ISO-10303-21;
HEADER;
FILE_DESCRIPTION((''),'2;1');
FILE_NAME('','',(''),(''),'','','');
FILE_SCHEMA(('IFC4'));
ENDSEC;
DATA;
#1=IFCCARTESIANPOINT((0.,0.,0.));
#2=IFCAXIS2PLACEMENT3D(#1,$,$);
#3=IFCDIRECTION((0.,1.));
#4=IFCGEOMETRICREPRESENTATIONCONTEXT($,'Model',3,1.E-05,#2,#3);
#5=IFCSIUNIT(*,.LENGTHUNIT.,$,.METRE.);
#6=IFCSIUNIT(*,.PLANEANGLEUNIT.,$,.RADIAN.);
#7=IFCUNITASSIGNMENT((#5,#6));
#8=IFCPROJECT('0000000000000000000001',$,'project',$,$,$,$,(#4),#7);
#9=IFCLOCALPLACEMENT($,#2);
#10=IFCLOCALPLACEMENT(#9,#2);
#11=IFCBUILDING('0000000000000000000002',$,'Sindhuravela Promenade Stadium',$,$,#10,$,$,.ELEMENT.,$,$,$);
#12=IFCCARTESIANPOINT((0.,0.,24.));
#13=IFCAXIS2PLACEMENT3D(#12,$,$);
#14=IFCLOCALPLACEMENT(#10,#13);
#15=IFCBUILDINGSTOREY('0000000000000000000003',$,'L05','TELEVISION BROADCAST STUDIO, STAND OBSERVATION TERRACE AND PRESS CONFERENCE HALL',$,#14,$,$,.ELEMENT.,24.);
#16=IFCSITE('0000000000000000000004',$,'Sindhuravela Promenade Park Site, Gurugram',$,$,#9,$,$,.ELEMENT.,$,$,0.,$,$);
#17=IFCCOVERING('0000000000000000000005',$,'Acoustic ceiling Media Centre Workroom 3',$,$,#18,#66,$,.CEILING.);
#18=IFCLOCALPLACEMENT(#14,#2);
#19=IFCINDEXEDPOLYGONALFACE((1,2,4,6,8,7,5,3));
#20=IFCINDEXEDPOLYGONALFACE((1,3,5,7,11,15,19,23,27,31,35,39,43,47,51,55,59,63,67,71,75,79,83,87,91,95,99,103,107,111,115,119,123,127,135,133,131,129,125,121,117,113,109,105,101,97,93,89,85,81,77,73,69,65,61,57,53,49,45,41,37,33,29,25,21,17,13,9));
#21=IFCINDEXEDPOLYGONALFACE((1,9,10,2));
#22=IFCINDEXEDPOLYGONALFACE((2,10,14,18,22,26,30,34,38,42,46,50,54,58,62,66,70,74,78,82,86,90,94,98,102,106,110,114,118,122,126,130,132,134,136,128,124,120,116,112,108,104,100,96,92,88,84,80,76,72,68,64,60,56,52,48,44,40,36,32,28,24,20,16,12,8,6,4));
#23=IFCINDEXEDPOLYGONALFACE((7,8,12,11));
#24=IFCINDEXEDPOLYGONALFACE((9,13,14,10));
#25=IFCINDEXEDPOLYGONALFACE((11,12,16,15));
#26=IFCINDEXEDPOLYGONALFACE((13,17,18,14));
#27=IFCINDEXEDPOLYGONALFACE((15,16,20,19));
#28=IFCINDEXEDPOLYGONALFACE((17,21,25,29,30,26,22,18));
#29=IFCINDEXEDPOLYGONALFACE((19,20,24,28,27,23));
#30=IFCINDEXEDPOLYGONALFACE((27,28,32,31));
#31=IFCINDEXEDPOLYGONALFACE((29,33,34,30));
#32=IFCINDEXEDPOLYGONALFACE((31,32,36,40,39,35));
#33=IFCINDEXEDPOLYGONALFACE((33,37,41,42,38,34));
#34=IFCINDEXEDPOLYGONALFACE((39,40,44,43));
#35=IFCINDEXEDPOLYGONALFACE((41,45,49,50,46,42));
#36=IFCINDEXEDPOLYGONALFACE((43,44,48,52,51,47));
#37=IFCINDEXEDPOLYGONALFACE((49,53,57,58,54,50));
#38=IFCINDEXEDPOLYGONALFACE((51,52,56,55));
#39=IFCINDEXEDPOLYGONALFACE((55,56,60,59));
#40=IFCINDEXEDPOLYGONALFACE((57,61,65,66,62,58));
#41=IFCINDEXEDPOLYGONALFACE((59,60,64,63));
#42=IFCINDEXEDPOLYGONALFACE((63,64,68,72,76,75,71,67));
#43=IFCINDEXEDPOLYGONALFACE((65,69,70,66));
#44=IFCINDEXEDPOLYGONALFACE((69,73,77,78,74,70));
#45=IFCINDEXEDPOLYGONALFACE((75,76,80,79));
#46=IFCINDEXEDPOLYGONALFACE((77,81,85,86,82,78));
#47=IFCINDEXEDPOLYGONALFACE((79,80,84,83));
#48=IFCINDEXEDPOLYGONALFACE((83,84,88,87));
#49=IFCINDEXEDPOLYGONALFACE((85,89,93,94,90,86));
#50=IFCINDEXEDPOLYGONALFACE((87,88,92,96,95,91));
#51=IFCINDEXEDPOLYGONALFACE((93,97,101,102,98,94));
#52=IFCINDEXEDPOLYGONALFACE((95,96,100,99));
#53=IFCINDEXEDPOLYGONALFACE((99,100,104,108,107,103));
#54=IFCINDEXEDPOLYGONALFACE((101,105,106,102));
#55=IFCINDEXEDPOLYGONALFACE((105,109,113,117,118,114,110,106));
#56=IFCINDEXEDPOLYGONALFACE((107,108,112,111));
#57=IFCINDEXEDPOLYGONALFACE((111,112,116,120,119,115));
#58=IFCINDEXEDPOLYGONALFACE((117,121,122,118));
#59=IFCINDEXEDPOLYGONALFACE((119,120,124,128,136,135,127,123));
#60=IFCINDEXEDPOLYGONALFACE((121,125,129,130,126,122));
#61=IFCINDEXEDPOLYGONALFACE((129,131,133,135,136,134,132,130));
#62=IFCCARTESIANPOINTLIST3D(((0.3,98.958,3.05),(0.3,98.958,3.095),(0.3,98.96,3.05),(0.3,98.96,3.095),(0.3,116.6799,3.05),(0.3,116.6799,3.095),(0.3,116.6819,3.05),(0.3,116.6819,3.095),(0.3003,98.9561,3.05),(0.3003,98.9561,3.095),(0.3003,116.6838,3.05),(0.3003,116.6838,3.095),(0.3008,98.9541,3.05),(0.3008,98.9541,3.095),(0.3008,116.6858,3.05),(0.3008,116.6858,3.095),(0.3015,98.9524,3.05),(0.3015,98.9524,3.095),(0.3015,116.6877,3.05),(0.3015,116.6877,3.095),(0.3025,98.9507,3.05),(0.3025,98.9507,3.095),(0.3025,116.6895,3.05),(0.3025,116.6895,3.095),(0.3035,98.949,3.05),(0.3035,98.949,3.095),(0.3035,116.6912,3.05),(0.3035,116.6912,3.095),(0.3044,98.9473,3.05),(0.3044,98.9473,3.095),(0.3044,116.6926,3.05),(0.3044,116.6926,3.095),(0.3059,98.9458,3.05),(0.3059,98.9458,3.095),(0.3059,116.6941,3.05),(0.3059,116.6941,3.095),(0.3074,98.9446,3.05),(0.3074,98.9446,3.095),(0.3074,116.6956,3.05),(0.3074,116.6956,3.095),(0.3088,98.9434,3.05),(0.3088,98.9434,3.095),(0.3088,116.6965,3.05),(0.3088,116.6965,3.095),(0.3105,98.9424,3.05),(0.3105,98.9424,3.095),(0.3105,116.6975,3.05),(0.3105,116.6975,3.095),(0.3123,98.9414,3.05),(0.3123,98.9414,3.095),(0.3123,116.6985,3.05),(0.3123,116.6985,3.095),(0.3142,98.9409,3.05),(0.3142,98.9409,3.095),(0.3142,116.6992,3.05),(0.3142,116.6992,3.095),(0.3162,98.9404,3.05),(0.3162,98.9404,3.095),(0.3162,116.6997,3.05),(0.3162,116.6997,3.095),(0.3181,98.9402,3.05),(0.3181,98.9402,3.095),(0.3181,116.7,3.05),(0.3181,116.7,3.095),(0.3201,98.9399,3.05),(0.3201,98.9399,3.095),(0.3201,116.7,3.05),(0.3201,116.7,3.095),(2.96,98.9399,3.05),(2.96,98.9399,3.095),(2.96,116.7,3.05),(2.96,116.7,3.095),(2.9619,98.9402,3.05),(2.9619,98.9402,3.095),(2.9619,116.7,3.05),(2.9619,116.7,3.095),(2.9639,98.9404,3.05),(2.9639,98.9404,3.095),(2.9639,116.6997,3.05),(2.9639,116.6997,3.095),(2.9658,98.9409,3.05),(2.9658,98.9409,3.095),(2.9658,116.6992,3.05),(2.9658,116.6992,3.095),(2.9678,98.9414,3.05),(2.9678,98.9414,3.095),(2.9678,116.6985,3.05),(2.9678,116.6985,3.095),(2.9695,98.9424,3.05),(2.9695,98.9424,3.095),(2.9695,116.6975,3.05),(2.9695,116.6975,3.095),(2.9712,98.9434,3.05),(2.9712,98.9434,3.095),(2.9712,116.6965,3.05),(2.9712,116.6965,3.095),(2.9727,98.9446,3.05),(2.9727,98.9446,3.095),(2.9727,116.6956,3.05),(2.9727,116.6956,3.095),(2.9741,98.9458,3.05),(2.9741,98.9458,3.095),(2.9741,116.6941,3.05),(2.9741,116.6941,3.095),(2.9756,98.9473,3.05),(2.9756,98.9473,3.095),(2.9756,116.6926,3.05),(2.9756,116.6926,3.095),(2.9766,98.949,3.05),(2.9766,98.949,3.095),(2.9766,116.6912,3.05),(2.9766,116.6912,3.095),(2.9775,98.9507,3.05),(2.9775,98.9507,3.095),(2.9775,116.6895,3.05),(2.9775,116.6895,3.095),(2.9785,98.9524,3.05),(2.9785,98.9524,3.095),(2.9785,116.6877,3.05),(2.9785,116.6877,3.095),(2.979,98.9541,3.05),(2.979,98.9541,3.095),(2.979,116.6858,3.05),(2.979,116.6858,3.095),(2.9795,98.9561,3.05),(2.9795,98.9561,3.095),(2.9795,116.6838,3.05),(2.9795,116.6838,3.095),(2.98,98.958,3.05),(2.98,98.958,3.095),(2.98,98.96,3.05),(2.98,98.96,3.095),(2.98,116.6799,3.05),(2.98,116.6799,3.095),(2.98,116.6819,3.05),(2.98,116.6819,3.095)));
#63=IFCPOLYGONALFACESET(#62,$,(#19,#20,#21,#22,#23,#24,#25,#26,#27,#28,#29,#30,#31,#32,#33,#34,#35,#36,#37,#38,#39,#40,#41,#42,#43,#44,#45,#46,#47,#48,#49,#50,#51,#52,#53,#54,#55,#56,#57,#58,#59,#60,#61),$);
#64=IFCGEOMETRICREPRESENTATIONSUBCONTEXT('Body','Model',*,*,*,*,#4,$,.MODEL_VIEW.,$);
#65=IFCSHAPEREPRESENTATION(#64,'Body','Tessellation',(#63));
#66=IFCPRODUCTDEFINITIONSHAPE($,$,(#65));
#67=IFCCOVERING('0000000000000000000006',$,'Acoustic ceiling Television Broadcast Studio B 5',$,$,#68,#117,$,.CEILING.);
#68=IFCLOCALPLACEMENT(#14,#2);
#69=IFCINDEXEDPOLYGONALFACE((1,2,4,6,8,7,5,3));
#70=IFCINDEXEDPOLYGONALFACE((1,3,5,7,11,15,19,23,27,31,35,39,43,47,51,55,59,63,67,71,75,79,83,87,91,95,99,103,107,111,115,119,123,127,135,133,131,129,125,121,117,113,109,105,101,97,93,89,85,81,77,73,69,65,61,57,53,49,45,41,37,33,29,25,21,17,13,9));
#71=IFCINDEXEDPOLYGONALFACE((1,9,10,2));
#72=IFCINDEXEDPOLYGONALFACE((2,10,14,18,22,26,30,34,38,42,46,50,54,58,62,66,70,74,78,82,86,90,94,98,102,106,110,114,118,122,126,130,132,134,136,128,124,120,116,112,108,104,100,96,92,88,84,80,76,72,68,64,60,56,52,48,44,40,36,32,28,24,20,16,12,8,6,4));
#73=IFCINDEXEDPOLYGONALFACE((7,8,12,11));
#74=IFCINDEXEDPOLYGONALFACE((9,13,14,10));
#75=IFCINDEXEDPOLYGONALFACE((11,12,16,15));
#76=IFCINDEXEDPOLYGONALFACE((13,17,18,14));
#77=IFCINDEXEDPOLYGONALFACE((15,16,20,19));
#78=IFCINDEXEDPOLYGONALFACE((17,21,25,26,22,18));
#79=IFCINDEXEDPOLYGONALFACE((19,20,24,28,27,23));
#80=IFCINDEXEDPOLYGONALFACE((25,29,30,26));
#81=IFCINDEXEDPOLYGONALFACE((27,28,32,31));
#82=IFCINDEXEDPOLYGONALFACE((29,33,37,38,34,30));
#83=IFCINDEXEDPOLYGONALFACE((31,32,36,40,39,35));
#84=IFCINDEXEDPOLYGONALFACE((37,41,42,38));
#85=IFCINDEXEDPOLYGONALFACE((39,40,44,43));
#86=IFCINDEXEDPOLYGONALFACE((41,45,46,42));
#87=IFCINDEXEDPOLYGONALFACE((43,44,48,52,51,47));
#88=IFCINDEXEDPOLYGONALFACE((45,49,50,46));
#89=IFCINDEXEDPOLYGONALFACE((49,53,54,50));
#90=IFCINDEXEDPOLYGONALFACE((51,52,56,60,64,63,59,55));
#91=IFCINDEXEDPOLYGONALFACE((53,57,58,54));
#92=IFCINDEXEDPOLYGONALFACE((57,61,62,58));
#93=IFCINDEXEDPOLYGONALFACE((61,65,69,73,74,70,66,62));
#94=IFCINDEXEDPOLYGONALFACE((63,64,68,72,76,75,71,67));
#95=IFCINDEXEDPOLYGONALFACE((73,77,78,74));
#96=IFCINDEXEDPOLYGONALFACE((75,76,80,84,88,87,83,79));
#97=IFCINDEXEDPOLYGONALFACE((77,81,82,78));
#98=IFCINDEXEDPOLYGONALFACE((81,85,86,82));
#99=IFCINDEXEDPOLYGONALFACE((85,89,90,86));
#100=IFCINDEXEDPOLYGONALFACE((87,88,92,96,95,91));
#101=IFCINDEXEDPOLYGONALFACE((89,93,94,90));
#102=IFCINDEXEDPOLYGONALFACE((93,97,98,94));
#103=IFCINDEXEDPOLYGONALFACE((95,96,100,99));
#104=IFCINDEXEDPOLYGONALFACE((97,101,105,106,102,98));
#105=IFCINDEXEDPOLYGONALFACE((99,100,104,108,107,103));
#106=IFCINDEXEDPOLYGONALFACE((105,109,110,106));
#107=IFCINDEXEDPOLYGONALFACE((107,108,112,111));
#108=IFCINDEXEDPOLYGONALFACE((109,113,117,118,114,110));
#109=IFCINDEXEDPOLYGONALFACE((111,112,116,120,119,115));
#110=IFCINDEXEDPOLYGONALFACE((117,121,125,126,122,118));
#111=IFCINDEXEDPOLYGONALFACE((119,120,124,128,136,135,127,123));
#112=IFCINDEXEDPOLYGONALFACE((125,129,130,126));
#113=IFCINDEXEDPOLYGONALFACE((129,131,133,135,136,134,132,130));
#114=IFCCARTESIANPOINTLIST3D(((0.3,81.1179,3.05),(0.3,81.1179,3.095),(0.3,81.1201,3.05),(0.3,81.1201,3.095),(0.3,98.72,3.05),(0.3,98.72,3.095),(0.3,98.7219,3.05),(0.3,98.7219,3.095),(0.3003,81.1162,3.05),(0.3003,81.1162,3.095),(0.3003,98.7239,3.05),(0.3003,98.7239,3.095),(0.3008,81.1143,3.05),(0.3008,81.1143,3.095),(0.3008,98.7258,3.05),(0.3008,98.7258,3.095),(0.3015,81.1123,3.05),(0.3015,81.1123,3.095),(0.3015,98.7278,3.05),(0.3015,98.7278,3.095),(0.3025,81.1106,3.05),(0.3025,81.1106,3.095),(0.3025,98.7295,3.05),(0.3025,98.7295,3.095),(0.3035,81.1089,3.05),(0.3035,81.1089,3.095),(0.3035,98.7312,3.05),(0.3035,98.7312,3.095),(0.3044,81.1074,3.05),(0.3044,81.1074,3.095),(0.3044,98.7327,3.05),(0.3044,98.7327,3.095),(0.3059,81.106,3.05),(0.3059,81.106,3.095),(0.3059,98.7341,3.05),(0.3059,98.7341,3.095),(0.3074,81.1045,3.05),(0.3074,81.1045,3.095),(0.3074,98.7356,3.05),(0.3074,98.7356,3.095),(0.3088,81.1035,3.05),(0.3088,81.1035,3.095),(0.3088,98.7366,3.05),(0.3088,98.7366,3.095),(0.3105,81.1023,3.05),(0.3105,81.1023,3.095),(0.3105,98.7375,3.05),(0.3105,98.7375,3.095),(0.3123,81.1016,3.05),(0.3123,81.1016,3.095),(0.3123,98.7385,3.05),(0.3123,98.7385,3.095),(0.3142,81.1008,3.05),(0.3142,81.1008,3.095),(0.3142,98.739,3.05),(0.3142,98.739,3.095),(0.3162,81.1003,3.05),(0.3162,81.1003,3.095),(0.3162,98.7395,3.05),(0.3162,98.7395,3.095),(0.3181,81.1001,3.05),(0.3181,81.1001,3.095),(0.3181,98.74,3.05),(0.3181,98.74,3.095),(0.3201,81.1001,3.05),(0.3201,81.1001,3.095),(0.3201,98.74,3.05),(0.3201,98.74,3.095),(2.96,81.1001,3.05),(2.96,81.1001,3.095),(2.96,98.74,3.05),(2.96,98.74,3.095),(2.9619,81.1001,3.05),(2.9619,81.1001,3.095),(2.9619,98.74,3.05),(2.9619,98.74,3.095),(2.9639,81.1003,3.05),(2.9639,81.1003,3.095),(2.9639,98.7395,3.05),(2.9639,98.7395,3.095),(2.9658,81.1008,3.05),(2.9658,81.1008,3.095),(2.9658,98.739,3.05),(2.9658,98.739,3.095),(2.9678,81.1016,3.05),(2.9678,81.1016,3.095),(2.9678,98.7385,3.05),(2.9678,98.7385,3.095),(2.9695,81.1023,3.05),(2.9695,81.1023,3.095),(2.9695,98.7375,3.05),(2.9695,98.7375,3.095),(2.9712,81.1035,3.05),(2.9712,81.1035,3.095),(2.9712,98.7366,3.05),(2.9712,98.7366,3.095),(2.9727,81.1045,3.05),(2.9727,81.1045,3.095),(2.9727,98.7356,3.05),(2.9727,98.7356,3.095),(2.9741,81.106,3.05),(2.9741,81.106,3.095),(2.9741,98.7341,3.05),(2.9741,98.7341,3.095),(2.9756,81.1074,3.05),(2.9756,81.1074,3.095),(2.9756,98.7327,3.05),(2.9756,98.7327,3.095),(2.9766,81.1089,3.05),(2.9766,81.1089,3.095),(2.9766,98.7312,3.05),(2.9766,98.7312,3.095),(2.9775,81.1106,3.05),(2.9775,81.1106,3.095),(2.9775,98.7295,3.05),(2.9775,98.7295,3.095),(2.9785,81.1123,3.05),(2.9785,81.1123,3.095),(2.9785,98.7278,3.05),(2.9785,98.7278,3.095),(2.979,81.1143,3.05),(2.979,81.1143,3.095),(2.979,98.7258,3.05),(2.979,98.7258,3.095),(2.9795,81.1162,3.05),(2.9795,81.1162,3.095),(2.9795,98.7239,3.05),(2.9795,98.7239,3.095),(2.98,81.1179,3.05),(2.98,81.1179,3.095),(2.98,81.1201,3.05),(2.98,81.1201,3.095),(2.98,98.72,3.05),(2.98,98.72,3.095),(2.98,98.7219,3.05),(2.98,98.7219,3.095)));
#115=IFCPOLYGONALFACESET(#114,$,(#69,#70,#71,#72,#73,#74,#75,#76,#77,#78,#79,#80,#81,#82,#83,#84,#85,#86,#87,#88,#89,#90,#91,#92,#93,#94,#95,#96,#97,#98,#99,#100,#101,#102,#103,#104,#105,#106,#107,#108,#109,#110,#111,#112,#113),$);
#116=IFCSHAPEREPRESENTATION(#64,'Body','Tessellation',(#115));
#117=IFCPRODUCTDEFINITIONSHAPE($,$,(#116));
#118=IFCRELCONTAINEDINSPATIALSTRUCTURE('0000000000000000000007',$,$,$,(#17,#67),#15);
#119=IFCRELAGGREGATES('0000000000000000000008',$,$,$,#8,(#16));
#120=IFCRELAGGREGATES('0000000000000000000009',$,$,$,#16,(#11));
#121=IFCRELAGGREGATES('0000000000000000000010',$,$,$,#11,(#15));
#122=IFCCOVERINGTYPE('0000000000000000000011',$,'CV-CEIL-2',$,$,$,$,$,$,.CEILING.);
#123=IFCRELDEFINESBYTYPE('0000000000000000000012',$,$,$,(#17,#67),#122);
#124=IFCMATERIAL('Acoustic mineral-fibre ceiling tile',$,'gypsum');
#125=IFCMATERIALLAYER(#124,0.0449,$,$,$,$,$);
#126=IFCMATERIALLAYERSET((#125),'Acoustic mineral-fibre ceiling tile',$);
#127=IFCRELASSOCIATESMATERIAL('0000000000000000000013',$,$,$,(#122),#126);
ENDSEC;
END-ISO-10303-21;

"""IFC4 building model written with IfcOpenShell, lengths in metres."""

from ifc_helpers import new_model, si_unit, direction, frame, origin, place, context, subcontext, project, spatial, polyline, outline, extrude, material, layer, layer_set, type_object, element, save


model = new_model("IFC4")

# Units and contexts
model_context = context("Model", 3, precision=1e-05, world=origin(), true_north=direction((0.0, 1.0)))
body_context = subcontext(model_context, "Body", "Model", "MODEL_VIEW")
ifc_project = project(units=[si_unit("LENGTHUNIT", "METRE"), si_unit("PLANEANGLEUNIT", "RADIAN")], contexts=[model_context])

# Site, building, storey
site_placement = place(None, origin())
site = spatial("IfcSite", under=ifc_project, at=site_placement, Name="Sindhuravela Promenade Park Site, Gurugram", CompositionType="ELEMENT", RefElevation=0.0)
building_placement = place(site_placement, origin())
building = spatial("IfcBuilding", under=site, at=building_placement, Name="Sindhuravela Promenade Stadium", CompositionType="ELEMENT")
storey_placement = place(building_placement, frame((0.0, 0.0, 24.0)))
storey = spatial("IfcBuildingStorey", under=building, at=storey_placement, Name="L05", Description="TELEVISION BROADCAST STUDIO, STAND OBSERVATION TERRACE AND PRESS CONFERENCE HALL", CompositionType="ELEMENT", Elevation=24.0)

# Coverings
ifc_material_1 = material(Name="Acoustic mineral-fibre ceiling tile", Category="gypsum")
ifc_layer_1 = layer(ifc_material_1, 0.0449)
ifc_layer_set_1 = layer_set([ifc_layer_1], Name="Acoustic mineral-fibre ceiling tile")
covering_type_1 = type_object("IfcCoveringType", Name="CV-CEIL-2", PredefinedType="CEILING", material=ifc_layer_set_1)
covering_1_placement = place(storey_placement, frame((0.0, 0.0, 3.05)))
element("IfcCovering", 1, at=covering_1_placement, inside=storey, type_object=covering_type_1, Name="Acoustic ceiling Media Centre Workroom 3", PredefinedType="CEILING", context=body_context, shape_type="SweptSolid", body=[
    extrude(outline(polyline([(2.96, 116.7), (2.9619, 116.7), (2.9639, 116.6997), (2.9658, 116.6992), (2.9678, 116.6985), (2.9695, 116.6975), (2.9712, 116.6965), (2.9727, 116.6956), (2.9741, 116.6941), (2.9756, 116.6926), (2.9766, 116.6912), (2.9775, 116.6895), (2.9785, 116.6877), (2.979, 116.6858), (2.9795, 116.6838), (2.98, 116.6819), (2.98, 116.6799), (2.98, 98.96), (2.98, 98.958), (2.9795, 98.9561), (2.979, 98.9541), (2.9785, 98.9524), (2.9775, 98.9507), (2.9766, 98.949), (2.9756, 98.9473), (2.9741, 98.9458), (2.9727, 98.9446), (2.9712, 98.9434), (2.9695, 98.9424), (2.9678, 98.9414), (2.9658, 98.9409), (2.9639, 98.9404), (2.9619, 98.9402), (2.96, 98.9399), (0.3201, 98.9399), (0.3181, 98.9402), (0.3162, 98.9404), (0.3142, 98.9409), (0.3123, 98.9414), (0.3105, 98.9424), (0.3088, 98.9434), (0.3074, 98.9446), (0.3059, 98.9458), (0.3044, 98.9473), (0.3035, 98.949), (0.3025, 98.9507), (0.3015, 98.9524), (0.3008, 98.9541), (0.3003, 98.9561), (0.3, 98.958), (0.3, 98.96), (0.3, 116.6799), (0.3, 116.6819), (0.3003, 116.6838), (0.3008, 116.6858), (0.3015, 116.6877), (0.3025, 116.6895), (0.3035, 116.6912), (0.3044, 116.6926), (0.3059, 116.6941), (0.3074, 116.6956), (0.3088, 116.6965), (0.3105, 116.6975), (0.3123, 116.6985), (0.3142, 116.6992), (0.3162, 116.6997), (0.3181, 116.7), (0.3201, 116.7), (2.96, 116.7)])), origin(), (0.0, 0.0, 1.0), 0.0449),
])
covering_2_placement = place(storey_placement, frame((0.0, 0.0, 3.05)))
element("IfcCovering", 2, at=covering_2_placement, inside=storey, type_object=covering_type_1, Name="Acoustic ceiling Television Broadcast Studio B 5", PredefinedType="CEILING", context=body_context, shape_type="SweptSolid", body=[
    extrude(outline(polyline([(2.98, 81.1201), (2.98, 81.1179), (2.9795, 81.1162), (2.979, 81.1143), (2.9785, 81.1123), (2.9775, 81.1106), (2.9766, 81.1089), (2.9756, 81.1074), (2.9741, 81.106), (2.9727, 81.1045), (2.9712, 81.1035), (2.9695, 81.1023), (2.9678, 81.1016), (2.9658, 81.1008), (2.9639, 81.1003), (2.9619, 81.1001), (2.96, 81.1001), (0.3201, 81.1001), (0.3181, 81.1001), (0.3162, 81.1003), (0.3142, 81.1008), (0.3123, 81.1016), (0.3105, 81.1023), (0.3088, 81.1035), (0.3074, 81.1045), (0.3059, 81.106), (0.3044, 81.1074), (0.3035, 81.1089), (0.3025, 81.1106), (0.3015, 81.1123), (0.3008, 81.1143), (0.3003, 81.1162), (0.3, 81.1179), (0.3, 81.1201), (0.3, 98.72), (0.3, 98.7219), (0.3003, 98.7239), (0.3008, 98.7258), (0.3015, 98.7278), (0.3025, 98.7295), (0.3035, 98.7312), (0.3044, 98.7327), (0.3059, 98.7341), (0.3074, 98.7356), (0.3088, 98.7366), (0.3105, 98.7375), (0.3123, 98.7385), (0.3142, 98.739), (0.3162, 98.7395), (0.3181, 98.74), (0.3201, 98.74), (2.96, 98.74), (2.9619, 98.74), (2.9639, 98.7395), (2.9658, 98.739), (2.9678, 98.7385), (2.9695, 98.7375), (2.9712, 98.7366), (2.9727, 98.7356), (2.9741, 98.7341), (2.9756, 98.7327), (2.9766, 98.7312), (2.9775, 98.7295), (2.9785, 98.7278), (2.979, 98.7258), (2.9795, 98.7239), (2.98, 98.7219), (2.98, 98.72), (2.98, 81.1201)])), origin(), (0.0, 0.0, 1.0), 0.0449),
])

save(model, "model.ifc")
